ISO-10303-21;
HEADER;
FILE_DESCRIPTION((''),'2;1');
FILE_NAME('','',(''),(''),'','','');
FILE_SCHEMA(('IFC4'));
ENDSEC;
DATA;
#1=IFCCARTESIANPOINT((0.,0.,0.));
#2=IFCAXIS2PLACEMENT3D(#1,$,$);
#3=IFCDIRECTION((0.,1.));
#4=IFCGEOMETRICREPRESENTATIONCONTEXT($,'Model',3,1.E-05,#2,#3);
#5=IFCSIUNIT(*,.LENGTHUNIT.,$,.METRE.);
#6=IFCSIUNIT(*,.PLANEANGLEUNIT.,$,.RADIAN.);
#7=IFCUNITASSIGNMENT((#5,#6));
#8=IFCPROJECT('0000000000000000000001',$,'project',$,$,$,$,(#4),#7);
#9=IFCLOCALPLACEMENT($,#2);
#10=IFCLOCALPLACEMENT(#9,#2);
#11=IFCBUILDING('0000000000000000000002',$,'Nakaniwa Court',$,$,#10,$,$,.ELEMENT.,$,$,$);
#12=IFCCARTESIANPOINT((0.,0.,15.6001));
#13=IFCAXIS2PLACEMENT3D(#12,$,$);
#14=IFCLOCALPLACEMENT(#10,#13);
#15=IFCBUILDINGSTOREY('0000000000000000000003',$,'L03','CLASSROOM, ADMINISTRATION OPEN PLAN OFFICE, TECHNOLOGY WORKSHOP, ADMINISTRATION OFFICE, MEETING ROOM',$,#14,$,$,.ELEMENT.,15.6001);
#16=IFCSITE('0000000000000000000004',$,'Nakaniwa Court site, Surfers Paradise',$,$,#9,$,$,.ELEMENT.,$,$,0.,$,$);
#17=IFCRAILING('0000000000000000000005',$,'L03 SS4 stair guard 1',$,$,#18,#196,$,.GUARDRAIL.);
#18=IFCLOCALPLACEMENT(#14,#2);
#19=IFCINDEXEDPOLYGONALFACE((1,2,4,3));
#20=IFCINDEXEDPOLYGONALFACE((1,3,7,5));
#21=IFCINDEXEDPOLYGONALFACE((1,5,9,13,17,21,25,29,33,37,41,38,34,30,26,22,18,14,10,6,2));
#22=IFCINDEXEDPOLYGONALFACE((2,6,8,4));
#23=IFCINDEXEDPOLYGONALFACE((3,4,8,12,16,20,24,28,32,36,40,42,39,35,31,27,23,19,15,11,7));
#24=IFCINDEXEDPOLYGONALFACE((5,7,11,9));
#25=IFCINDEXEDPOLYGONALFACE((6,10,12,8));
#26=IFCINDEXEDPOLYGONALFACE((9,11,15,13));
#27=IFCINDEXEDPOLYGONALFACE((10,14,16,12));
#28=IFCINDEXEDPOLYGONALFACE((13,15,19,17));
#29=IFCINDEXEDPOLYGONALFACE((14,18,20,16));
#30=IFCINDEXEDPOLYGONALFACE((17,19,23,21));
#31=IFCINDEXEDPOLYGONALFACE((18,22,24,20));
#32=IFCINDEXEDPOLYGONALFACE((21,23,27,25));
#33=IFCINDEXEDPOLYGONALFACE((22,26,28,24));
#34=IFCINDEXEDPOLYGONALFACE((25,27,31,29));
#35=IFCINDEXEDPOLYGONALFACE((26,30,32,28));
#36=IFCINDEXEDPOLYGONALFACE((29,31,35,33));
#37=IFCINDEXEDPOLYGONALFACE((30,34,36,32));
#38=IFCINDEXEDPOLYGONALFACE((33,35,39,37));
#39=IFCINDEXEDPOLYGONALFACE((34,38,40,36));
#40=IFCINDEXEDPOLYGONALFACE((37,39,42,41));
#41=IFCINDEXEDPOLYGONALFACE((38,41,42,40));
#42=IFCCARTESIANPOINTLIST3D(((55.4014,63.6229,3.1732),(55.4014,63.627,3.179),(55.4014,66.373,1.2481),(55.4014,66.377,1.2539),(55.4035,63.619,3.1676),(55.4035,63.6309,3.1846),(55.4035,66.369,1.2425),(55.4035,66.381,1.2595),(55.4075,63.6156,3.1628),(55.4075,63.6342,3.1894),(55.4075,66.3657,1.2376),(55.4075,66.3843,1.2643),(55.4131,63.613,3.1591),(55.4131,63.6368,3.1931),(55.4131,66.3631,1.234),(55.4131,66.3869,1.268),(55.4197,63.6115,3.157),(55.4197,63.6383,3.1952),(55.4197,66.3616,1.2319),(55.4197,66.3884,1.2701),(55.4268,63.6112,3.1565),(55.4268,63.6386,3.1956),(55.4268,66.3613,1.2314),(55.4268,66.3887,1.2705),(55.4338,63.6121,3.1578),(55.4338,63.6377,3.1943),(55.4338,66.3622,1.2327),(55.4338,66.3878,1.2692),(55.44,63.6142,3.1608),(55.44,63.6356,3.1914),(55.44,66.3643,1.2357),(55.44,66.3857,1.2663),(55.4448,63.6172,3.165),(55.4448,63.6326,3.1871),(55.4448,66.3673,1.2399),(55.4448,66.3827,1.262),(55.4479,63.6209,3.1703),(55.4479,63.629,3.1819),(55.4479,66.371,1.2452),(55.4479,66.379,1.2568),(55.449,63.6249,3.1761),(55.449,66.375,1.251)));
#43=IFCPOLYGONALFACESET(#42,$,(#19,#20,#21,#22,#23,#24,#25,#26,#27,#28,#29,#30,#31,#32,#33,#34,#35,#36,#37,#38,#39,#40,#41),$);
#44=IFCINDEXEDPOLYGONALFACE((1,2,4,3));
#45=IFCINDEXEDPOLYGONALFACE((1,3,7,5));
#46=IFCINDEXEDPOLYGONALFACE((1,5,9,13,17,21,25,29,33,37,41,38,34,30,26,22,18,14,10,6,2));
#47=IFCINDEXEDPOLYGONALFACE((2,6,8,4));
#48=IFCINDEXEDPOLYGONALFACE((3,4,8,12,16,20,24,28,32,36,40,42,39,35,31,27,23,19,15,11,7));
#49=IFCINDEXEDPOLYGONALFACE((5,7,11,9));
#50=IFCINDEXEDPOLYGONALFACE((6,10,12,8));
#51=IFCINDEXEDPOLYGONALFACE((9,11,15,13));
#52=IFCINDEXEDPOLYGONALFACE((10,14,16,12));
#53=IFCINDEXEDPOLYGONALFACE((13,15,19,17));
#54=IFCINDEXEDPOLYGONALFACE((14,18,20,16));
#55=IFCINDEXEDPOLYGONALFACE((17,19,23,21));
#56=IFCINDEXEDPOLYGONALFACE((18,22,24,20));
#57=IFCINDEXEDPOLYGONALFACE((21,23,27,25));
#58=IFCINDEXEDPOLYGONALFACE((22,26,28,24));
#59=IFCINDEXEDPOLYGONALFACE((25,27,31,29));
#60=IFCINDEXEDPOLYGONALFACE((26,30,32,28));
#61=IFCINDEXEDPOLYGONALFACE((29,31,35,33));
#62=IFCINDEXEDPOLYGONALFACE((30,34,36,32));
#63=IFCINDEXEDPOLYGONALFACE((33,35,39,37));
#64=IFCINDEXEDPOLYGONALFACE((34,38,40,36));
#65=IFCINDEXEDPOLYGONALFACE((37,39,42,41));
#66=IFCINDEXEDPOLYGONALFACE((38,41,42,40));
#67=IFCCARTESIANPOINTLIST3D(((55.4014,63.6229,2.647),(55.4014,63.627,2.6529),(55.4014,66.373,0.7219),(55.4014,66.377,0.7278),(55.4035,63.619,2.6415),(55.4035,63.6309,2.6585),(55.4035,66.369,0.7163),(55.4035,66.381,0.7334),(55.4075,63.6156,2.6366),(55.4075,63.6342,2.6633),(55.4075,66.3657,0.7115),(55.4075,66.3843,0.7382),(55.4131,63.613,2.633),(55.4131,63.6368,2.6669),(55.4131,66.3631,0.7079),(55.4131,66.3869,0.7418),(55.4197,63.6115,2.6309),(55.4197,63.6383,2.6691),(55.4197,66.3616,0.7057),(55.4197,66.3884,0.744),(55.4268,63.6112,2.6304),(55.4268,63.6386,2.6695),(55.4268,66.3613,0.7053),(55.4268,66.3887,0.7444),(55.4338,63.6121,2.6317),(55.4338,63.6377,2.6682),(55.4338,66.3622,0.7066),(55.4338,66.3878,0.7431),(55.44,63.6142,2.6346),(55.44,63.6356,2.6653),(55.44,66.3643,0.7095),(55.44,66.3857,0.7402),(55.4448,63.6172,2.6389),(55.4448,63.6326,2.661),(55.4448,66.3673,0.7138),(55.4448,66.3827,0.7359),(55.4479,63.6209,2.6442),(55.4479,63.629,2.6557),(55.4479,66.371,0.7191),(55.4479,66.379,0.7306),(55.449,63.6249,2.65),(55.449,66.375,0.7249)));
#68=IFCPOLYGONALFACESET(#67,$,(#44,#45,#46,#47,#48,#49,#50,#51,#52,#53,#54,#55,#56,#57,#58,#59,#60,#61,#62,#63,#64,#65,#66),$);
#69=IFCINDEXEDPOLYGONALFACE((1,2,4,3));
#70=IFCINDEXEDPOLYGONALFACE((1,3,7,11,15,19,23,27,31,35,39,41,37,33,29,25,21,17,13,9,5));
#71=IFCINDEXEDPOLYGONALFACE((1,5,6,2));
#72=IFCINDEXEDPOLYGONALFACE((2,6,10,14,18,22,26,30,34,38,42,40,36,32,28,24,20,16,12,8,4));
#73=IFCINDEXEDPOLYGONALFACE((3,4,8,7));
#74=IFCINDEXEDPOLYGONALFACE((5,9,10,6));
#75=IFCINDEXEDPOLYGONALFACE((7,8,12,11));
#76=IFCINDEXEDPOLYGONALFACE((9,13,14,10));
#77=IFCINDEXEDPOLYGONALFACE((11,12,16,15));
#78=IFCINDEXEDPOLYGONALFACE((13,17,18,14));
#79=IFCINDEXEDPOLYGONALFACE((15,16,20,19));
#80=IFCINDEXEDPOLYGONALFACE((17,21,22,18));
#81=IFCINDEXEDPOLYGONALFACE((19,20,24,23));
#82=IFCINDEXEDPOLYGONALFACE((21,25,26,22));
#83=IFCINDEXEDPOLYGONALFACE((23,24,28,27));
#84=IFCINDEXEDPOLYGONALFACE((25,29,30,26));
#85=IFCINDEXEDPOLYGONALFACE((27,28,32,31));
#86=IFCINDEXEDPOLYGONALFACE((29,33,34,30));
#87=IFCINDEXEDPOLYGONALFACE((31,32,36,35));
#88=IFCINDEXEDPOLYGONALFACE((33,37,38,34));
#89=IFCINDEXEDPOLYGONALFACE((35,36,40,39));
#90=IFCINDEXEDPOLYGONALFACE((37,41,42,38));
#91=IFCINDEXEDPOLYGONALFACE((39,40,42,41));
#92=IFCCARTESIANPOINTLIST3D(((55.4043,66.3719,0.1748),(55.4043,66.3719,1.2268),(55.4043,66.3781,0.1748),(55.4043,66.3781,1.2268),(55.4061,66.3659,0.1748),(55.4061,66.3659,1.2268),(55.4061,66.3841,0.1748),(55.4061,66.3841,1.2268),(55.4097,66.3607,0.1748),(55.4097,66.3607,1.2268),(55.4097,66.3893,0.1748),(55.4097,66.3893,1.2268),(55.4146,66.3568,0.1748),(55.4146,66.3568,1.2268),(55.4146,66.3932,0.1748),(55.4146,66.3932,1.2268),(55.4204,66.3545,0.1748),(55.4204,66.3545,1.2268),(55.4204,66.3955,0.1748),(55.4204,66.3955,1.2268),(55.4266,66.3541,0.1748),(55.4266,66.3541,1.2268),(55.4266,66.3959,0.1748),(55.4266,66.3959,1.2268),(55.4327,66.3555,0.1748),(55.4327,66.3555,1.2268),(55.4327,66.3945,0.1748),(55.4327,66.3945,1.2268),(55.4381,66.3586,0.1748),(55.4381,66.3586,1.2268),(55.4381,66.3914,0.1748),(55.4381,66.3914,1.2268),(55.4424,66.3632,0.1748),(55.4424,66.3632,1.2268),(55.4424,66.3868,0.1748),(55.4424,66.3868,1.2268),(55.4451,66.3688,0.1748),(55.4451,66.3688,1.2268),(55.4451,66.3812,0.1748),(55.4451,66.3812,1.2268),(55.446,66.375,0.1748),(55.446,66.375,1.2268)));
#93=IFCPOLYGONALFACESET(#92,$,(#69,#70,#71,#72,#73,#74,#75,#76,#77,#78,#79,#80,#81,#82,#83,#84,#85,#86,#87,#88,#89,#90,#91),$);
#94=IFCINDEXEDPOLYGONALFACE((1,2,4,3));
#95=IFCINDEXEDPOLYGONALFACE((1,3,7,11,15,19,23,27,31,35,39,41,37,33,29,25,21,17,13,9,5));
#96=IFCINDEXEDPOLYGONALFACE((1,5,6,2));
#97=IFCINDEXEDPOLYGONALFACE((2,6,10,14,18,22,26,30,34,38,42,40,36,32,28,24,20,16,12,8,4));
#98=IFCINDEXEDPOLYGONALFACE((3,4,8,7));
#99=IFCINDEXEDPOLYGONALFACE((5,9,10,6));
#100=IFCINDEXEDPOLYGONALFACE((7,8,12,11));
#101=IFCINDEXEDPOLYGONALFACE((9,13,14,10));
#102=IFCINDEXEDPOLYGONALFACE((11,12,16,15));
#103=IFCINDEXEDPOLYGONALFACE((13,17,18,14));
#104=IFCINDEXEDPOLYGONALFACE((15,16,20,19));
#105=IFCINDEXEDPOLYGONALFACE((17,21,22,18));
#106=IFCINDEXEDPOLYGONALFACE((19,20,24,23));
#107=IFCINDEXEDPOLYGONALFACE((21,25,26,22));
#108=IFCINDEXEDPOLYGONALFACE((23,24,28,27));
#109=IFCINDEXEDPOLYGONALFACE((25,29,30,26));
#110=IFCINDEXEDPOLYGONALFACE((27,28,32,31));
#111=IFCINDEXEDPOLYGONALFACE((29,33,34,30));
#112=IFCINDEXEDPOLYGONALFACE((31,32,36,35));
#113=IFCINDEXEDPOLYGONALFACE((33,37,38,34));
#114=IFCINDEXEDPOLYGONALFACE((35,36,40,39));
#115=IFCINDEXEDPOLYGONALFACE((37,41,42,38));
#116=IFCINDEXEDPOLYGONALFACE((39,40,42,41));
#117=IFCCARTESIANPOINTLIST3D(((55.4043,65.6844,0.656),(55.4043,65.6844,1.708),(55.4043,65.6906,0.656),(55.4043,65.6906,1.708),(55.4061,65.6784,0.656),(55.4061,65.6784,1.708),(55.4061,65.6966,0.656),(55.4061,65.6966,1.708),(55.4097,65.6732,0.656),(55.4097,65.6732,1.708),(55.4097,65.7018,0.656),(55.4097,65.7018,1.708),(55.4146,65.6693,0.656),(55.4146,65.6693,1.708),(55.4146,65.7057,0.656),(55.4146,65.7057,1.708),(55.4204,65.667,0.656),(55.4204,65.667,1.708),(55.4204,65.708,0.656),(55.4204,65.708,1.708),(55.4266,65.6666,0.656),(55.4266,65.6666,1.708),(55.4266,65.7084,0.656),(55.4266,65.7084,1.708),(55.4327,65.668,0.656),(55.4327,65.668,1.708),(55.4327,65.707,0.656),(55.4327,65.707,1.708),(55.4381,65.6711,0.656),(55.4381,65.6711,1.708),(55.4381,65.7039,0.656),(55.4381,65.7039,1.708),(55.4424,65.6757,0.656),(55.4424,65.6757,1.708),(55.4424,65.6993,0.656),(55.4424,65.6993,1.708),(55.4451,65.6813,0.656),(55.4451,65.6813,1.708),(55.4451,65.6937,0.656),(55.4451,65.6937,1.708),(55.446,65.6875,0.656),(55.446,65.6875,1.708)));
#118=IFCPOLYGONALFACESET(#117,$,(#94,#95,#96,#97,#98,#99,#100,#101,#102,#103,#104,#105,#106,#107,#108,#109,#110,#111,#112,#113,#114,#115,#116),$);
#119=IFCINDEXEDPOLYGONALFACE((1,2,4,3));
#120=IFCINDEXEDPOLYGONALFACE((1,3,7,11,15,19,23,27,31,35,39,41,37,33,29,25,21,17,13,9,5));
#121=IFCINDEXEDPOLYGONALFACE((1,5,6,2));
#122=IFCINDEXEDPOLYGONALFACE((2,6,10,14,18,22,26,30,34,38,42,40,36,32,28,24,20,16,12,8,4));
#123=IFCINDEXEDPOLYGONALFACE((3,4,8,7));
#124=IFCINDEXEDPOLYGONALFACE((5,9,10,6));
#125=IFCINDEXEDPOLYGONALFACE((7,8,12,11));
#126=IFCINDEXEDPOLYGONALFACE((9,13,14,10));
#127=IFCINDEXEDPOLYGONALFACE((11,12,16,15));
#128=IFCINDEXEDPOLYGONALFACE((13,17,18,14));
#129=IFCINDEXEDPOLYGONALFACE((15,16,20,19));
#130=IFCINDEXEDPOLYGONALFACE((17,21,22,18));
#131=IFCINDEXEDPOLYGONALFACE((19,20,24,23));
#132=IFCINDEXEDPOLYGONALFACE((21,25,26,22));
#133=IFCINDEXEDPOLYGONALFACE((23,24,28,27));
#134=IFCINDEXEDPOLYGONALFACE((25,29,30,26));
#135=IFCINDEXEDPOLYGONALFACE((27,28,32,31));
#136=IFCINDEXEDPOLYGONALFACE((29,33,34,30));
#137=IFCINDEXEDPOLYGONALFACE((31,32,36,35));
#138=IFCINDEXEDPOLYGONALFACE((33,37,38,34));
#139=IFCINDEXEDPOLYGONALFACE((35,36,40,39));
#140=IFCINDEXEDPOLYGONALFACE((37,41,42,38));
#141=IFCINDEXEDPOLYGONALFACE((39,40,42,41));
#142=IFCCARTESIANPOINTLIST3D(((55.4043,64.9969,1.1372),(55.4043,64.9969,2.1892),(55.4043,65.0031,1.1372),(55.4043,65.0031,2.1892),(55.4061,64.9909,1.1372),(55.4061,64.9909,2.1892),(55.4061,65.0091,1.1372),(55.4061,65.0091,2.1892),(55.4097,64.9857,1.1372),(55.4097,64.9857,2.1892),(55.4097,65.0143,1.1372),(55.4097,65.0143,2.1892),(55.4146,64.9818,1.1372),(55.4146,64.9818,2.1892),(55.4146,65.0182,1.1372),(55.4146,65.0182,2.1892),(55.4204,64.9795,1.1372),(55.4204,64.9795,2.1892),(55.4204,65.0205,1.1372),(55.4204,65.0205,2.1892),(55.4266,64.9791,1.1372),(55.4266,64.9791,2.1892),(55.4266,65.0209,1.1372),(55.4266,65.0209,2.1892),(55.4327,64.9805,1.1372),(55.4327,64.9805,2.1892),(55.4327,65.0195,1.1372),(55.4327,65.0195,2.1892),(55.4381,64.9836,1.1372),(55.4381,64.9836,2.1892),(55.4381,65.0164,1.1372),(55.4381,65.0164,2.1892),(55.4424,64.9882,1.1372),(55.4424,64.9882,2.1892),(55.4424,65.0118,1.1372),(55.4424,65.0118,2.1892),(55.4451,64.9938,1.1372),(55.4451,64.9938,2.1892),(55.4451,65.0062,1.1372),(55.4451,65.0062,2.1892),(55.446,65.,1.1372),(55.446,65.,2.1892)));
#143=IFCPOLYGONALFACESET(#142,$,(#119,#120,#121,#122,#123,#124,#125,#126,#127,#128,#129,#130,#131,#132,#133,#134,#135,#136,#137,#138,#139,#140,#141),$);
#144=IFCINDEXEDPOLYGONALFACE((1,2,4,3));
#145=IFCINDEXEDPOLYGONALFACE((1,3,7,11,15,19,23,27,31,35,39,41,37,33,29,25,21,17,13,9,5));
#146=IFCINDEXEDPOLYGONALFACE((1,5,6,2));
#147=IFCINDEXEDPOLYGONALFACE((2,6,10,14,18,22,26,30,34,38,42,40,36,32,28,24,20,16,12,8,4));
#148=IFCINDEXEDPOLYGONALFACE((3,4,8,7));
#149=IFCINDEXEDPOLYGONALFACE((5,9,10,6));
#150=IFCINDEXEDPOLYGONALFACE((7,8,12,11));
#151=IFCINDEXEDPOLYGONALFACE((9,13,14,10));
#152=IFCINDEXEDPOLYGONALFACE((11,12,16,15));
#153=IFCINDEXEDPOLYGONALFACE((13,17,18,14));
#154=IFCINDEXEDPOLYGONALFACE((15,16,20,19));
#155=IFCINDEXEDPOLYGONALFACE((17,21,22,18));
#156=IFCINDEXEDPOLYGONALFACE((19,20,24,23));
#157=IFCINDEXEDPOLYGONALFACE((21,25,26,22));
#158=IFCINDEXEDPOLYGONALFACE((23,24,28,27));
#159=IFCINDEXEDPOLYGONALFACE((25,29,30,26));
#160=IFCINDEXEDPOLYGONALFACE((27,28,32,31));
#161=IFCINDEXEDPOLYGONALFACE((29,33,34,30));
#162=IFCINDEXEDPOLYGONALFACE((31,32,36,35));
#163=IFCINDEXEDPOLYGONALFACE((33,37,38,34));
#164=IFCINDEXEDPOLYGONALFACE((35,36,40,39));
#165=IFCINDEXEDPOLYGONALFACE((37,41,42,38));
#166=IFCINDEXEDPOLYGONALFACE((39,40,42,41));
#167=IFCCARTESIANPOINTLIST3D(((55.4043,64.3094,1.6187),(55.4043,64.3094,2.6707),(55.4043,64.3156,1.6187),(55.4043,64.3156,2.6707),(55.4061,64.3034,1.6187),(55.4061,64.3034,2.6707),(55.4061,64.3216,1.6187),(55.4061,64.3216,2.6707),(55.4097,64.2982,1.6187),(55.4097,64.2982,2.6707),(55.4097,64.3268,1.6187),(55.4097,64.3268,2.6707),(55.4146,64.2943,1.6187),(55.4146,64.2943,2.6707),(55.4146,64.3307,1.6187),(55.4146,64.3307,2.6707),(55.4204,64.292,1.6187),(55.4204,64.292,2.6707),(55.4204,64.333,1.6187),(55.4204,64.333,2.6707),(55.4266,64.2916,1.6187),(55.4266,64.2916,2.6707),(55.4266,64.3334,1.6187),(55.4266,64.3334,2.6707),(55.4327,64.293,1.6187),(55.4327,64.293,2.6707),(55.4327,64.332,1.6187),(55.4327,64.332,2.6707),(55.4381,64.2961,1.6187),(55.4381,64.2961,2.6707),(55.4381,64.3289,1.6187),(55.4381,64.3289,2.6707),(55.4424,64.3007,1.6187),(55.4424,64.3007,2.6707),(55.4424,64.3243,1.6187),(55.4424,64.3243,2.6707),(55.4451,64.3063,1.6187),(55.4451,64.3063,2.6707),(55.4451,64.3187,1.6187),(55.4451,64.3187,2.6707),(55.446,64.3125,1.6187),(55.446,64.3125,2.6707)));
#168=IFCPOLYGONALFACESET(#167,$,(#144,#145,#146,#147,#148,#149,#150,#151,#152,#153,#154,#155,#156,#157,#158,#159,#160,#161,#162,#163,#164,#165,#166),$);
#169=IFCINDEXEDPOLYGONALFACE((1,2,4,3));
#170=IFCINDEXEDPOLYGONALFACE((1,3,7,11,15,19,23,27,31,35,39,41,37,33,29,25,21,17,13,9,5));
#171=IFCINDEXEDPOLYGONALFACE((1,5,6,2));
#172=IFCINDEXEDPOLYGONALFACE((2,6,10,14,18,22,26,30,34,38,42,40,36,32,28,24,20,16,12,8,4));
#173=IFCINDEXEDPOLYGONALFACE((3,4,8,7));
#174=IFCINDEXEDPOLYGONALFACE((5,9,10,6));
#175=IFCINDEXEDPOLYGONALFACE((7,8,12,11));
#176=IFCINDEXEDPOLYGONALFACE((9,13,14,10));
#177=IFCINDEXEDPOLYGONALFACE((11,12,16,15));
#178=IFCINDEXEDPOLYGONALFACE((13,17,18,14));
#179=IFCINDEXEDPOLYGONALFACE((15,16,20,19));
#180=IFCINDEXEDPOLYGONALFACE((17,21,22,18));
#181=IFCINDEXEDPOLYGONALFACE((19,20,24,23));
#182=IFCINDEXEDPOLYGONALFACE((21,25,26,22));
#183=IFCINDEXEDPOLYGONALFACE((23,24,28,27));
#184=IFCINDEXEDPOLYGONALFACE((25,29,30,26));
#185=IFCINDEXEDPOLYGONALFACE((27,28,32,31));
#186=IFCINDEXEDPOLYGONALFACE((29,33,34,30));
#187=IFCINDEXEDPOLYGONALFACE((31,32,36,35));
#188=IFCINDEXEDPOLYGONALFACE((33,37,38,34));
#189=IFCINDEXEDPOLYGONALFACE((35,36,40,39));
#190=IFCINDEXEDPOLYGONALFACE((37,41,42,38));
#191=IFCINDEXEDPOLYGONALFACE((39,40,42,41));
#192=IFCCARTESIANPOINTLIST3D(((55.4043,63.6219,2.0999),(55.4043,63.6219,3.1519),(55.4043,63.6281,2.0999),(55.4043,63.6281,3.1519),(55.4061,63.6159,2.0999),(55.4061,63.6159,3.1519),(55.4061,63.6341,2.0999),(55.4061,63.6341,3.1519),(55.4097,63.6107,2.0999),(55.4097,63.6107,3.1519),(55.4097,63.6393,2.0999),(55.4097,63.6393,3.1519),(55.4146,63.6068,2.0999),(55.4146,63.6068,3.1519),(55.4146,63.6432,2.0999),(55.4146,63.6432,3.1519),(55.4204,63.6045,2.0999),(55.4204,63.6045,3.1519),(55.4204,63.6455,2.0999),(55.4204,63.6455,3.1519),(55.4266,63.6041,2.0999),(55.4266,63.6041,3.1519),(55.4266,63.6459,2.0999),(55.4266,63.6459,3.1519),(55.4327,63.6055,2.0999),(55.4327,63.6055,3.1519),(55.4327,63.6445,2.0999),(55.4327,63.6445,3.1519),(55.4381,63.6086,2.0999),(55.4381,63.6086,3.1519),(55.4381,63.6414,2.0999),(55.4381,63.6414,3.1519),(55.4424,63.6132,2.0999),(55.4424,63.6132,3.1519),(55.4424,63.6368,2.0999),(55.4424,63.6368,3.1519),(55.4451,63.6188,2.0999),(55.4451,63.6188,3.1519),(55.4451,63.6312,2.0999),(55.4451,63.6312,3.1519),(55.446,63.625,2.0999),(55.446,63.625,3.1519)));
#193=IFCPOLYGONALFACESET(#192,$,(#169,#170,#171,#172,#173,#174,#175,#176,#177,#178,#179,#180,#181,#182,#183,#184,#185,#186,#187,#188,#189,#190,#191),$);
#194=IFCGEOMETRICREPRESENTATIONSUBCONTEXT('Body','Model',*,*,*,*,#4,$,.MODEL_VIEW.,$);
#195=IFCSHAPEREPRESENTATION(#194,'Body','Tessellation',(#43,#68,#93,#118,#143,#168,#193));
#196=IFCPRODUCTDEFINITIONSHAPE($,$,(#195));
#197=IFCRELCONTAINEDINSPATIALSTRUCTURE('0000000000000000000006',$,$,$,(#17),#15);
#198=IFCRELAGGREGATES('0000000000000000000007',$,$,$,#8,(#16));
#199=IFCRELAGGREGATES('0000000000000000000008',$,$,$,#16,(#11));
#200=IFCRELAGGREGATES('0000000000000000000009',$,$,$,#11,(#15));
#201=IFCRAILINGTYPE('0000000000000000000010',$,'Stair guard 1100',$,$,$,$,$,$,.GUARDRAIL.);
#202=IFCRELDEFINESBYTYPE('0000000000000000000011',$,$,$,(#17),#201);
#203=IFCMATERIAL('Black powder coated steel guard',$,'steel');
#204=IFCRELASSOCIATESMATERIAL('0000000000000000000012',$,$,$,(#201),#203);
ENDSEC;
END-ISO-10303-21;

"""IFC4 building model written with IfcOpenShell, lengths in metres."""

from ifc_helpers import new_model, si_unit, direction, frame, origin, origin_2d, place, context, subcontext, project, spatial, circle, extrude, material, type_object, element, save


model = new_model("IFC4")

# Units and contexts
model_context = context("Model", 3, precision=1e-05, world=origin(), true_north=direction((0.0, 1.0)))
body_context = subcontext(model_context, "Body", "Model", "MODEL_VIEW")
ifc_project = project(units=[si_unit("LENGTHUNIT", "METRE"), si_unit("PLANEANGLEUNIT", "RADIAN")], contexts=[model_context])

# Site, building, storey
site_placement = place(None, origin())
site = spatial("IfcSite", under=ifc_project, at=site_placement, Name="Nakaniwa Court site, Surfers Paradise", CompositionType="ELEMENT", RefElevation=0.0)
building_placement = place(site_placement, origin())
building = spatial("IfcBuilding", under=site, at=building_placement, Name="Nakaniwa Court", CompositionType="ELEMENT")
storey_placement = place(building_placement, frame((0.0, 0.0, 15.6001)))
storey = spatial("IfcBuildingStorey", under=building, at=storey_placement, Name="L03", Description="CLASSROOM, ADMINISTRATION OPEN PLAN OFFICE, TECHNOLOGY WORKSHOP, ADMINISTRATION OFFICE, MEETING ROOM", CompositionType="ELEMENT", Elevation=15.6001)

# Railing
ifc_material_1 = material(Name="Black powder coated steel guard", Category="steel")
railing_type_1 = type_object("IfcRailingType", Name="Stair guard 1100", PredefinedType="GUARDRAIL", material=ifc_material_1)
railing_1_placement = place(storey_placement, frame((55.425, 66.375, 0.1748)))
element("IfcRailing", 1, at=railing_1_placement, inside=storey, type_object=railing_type_1, Name="L03 SS4 stair guard 1", PredefinedType="GUARDRAIL", context=body_context, shape_type="SweptSolid", body=[
    extrude(circle(Radius=0.0239, at=origin_2d()), frame((0.0, 0.0, 1.0762), z_axis=(0.0, -0.819225, 0.573472), x_axis=(1.0, 0.0, 0.0)), (0.0, 0.0, 1.0), 3.3569),
    extrude(circle(Radius=0.0239, at=origin_2d()), frame((0.0, 0.0, 0.55), z_axis=(0.0, -0.819225, 0.573472), x_axis=(1.0, 0.0, 0.0)), (0.0, 0.0, 1.0), 3.3569),
    extrude(circle(Radius=0.021, at=origin_2d()), origin(), (0.0, 0.0, 1.0), 1.052),
    extrude(circle(Radius=0.021, at=origin_2d()), frame((0.0, -0.6875, 0.4812)), (0.0, 0.0, 1.0), 1.052),
    extrude(circle(Radius=0.021, at=origin_2d()), frame((0.0, -1.375, 0.9624)), (0.0, 0.0, 1.0), 1.052),
    extrude(circle(Radius=0.021, at=origin_2d()), frame((0.0, -2.0625, 1.4438)), (0.0, 0.0, 1.0), 1.052),
    extrude(circle(Radius=0.021, at=origin_2d()), frame((0.0, -2.75, 1.925)), (0.0, 0.0, 1.0), 1.052),
])

save(model, "model.ifc")
